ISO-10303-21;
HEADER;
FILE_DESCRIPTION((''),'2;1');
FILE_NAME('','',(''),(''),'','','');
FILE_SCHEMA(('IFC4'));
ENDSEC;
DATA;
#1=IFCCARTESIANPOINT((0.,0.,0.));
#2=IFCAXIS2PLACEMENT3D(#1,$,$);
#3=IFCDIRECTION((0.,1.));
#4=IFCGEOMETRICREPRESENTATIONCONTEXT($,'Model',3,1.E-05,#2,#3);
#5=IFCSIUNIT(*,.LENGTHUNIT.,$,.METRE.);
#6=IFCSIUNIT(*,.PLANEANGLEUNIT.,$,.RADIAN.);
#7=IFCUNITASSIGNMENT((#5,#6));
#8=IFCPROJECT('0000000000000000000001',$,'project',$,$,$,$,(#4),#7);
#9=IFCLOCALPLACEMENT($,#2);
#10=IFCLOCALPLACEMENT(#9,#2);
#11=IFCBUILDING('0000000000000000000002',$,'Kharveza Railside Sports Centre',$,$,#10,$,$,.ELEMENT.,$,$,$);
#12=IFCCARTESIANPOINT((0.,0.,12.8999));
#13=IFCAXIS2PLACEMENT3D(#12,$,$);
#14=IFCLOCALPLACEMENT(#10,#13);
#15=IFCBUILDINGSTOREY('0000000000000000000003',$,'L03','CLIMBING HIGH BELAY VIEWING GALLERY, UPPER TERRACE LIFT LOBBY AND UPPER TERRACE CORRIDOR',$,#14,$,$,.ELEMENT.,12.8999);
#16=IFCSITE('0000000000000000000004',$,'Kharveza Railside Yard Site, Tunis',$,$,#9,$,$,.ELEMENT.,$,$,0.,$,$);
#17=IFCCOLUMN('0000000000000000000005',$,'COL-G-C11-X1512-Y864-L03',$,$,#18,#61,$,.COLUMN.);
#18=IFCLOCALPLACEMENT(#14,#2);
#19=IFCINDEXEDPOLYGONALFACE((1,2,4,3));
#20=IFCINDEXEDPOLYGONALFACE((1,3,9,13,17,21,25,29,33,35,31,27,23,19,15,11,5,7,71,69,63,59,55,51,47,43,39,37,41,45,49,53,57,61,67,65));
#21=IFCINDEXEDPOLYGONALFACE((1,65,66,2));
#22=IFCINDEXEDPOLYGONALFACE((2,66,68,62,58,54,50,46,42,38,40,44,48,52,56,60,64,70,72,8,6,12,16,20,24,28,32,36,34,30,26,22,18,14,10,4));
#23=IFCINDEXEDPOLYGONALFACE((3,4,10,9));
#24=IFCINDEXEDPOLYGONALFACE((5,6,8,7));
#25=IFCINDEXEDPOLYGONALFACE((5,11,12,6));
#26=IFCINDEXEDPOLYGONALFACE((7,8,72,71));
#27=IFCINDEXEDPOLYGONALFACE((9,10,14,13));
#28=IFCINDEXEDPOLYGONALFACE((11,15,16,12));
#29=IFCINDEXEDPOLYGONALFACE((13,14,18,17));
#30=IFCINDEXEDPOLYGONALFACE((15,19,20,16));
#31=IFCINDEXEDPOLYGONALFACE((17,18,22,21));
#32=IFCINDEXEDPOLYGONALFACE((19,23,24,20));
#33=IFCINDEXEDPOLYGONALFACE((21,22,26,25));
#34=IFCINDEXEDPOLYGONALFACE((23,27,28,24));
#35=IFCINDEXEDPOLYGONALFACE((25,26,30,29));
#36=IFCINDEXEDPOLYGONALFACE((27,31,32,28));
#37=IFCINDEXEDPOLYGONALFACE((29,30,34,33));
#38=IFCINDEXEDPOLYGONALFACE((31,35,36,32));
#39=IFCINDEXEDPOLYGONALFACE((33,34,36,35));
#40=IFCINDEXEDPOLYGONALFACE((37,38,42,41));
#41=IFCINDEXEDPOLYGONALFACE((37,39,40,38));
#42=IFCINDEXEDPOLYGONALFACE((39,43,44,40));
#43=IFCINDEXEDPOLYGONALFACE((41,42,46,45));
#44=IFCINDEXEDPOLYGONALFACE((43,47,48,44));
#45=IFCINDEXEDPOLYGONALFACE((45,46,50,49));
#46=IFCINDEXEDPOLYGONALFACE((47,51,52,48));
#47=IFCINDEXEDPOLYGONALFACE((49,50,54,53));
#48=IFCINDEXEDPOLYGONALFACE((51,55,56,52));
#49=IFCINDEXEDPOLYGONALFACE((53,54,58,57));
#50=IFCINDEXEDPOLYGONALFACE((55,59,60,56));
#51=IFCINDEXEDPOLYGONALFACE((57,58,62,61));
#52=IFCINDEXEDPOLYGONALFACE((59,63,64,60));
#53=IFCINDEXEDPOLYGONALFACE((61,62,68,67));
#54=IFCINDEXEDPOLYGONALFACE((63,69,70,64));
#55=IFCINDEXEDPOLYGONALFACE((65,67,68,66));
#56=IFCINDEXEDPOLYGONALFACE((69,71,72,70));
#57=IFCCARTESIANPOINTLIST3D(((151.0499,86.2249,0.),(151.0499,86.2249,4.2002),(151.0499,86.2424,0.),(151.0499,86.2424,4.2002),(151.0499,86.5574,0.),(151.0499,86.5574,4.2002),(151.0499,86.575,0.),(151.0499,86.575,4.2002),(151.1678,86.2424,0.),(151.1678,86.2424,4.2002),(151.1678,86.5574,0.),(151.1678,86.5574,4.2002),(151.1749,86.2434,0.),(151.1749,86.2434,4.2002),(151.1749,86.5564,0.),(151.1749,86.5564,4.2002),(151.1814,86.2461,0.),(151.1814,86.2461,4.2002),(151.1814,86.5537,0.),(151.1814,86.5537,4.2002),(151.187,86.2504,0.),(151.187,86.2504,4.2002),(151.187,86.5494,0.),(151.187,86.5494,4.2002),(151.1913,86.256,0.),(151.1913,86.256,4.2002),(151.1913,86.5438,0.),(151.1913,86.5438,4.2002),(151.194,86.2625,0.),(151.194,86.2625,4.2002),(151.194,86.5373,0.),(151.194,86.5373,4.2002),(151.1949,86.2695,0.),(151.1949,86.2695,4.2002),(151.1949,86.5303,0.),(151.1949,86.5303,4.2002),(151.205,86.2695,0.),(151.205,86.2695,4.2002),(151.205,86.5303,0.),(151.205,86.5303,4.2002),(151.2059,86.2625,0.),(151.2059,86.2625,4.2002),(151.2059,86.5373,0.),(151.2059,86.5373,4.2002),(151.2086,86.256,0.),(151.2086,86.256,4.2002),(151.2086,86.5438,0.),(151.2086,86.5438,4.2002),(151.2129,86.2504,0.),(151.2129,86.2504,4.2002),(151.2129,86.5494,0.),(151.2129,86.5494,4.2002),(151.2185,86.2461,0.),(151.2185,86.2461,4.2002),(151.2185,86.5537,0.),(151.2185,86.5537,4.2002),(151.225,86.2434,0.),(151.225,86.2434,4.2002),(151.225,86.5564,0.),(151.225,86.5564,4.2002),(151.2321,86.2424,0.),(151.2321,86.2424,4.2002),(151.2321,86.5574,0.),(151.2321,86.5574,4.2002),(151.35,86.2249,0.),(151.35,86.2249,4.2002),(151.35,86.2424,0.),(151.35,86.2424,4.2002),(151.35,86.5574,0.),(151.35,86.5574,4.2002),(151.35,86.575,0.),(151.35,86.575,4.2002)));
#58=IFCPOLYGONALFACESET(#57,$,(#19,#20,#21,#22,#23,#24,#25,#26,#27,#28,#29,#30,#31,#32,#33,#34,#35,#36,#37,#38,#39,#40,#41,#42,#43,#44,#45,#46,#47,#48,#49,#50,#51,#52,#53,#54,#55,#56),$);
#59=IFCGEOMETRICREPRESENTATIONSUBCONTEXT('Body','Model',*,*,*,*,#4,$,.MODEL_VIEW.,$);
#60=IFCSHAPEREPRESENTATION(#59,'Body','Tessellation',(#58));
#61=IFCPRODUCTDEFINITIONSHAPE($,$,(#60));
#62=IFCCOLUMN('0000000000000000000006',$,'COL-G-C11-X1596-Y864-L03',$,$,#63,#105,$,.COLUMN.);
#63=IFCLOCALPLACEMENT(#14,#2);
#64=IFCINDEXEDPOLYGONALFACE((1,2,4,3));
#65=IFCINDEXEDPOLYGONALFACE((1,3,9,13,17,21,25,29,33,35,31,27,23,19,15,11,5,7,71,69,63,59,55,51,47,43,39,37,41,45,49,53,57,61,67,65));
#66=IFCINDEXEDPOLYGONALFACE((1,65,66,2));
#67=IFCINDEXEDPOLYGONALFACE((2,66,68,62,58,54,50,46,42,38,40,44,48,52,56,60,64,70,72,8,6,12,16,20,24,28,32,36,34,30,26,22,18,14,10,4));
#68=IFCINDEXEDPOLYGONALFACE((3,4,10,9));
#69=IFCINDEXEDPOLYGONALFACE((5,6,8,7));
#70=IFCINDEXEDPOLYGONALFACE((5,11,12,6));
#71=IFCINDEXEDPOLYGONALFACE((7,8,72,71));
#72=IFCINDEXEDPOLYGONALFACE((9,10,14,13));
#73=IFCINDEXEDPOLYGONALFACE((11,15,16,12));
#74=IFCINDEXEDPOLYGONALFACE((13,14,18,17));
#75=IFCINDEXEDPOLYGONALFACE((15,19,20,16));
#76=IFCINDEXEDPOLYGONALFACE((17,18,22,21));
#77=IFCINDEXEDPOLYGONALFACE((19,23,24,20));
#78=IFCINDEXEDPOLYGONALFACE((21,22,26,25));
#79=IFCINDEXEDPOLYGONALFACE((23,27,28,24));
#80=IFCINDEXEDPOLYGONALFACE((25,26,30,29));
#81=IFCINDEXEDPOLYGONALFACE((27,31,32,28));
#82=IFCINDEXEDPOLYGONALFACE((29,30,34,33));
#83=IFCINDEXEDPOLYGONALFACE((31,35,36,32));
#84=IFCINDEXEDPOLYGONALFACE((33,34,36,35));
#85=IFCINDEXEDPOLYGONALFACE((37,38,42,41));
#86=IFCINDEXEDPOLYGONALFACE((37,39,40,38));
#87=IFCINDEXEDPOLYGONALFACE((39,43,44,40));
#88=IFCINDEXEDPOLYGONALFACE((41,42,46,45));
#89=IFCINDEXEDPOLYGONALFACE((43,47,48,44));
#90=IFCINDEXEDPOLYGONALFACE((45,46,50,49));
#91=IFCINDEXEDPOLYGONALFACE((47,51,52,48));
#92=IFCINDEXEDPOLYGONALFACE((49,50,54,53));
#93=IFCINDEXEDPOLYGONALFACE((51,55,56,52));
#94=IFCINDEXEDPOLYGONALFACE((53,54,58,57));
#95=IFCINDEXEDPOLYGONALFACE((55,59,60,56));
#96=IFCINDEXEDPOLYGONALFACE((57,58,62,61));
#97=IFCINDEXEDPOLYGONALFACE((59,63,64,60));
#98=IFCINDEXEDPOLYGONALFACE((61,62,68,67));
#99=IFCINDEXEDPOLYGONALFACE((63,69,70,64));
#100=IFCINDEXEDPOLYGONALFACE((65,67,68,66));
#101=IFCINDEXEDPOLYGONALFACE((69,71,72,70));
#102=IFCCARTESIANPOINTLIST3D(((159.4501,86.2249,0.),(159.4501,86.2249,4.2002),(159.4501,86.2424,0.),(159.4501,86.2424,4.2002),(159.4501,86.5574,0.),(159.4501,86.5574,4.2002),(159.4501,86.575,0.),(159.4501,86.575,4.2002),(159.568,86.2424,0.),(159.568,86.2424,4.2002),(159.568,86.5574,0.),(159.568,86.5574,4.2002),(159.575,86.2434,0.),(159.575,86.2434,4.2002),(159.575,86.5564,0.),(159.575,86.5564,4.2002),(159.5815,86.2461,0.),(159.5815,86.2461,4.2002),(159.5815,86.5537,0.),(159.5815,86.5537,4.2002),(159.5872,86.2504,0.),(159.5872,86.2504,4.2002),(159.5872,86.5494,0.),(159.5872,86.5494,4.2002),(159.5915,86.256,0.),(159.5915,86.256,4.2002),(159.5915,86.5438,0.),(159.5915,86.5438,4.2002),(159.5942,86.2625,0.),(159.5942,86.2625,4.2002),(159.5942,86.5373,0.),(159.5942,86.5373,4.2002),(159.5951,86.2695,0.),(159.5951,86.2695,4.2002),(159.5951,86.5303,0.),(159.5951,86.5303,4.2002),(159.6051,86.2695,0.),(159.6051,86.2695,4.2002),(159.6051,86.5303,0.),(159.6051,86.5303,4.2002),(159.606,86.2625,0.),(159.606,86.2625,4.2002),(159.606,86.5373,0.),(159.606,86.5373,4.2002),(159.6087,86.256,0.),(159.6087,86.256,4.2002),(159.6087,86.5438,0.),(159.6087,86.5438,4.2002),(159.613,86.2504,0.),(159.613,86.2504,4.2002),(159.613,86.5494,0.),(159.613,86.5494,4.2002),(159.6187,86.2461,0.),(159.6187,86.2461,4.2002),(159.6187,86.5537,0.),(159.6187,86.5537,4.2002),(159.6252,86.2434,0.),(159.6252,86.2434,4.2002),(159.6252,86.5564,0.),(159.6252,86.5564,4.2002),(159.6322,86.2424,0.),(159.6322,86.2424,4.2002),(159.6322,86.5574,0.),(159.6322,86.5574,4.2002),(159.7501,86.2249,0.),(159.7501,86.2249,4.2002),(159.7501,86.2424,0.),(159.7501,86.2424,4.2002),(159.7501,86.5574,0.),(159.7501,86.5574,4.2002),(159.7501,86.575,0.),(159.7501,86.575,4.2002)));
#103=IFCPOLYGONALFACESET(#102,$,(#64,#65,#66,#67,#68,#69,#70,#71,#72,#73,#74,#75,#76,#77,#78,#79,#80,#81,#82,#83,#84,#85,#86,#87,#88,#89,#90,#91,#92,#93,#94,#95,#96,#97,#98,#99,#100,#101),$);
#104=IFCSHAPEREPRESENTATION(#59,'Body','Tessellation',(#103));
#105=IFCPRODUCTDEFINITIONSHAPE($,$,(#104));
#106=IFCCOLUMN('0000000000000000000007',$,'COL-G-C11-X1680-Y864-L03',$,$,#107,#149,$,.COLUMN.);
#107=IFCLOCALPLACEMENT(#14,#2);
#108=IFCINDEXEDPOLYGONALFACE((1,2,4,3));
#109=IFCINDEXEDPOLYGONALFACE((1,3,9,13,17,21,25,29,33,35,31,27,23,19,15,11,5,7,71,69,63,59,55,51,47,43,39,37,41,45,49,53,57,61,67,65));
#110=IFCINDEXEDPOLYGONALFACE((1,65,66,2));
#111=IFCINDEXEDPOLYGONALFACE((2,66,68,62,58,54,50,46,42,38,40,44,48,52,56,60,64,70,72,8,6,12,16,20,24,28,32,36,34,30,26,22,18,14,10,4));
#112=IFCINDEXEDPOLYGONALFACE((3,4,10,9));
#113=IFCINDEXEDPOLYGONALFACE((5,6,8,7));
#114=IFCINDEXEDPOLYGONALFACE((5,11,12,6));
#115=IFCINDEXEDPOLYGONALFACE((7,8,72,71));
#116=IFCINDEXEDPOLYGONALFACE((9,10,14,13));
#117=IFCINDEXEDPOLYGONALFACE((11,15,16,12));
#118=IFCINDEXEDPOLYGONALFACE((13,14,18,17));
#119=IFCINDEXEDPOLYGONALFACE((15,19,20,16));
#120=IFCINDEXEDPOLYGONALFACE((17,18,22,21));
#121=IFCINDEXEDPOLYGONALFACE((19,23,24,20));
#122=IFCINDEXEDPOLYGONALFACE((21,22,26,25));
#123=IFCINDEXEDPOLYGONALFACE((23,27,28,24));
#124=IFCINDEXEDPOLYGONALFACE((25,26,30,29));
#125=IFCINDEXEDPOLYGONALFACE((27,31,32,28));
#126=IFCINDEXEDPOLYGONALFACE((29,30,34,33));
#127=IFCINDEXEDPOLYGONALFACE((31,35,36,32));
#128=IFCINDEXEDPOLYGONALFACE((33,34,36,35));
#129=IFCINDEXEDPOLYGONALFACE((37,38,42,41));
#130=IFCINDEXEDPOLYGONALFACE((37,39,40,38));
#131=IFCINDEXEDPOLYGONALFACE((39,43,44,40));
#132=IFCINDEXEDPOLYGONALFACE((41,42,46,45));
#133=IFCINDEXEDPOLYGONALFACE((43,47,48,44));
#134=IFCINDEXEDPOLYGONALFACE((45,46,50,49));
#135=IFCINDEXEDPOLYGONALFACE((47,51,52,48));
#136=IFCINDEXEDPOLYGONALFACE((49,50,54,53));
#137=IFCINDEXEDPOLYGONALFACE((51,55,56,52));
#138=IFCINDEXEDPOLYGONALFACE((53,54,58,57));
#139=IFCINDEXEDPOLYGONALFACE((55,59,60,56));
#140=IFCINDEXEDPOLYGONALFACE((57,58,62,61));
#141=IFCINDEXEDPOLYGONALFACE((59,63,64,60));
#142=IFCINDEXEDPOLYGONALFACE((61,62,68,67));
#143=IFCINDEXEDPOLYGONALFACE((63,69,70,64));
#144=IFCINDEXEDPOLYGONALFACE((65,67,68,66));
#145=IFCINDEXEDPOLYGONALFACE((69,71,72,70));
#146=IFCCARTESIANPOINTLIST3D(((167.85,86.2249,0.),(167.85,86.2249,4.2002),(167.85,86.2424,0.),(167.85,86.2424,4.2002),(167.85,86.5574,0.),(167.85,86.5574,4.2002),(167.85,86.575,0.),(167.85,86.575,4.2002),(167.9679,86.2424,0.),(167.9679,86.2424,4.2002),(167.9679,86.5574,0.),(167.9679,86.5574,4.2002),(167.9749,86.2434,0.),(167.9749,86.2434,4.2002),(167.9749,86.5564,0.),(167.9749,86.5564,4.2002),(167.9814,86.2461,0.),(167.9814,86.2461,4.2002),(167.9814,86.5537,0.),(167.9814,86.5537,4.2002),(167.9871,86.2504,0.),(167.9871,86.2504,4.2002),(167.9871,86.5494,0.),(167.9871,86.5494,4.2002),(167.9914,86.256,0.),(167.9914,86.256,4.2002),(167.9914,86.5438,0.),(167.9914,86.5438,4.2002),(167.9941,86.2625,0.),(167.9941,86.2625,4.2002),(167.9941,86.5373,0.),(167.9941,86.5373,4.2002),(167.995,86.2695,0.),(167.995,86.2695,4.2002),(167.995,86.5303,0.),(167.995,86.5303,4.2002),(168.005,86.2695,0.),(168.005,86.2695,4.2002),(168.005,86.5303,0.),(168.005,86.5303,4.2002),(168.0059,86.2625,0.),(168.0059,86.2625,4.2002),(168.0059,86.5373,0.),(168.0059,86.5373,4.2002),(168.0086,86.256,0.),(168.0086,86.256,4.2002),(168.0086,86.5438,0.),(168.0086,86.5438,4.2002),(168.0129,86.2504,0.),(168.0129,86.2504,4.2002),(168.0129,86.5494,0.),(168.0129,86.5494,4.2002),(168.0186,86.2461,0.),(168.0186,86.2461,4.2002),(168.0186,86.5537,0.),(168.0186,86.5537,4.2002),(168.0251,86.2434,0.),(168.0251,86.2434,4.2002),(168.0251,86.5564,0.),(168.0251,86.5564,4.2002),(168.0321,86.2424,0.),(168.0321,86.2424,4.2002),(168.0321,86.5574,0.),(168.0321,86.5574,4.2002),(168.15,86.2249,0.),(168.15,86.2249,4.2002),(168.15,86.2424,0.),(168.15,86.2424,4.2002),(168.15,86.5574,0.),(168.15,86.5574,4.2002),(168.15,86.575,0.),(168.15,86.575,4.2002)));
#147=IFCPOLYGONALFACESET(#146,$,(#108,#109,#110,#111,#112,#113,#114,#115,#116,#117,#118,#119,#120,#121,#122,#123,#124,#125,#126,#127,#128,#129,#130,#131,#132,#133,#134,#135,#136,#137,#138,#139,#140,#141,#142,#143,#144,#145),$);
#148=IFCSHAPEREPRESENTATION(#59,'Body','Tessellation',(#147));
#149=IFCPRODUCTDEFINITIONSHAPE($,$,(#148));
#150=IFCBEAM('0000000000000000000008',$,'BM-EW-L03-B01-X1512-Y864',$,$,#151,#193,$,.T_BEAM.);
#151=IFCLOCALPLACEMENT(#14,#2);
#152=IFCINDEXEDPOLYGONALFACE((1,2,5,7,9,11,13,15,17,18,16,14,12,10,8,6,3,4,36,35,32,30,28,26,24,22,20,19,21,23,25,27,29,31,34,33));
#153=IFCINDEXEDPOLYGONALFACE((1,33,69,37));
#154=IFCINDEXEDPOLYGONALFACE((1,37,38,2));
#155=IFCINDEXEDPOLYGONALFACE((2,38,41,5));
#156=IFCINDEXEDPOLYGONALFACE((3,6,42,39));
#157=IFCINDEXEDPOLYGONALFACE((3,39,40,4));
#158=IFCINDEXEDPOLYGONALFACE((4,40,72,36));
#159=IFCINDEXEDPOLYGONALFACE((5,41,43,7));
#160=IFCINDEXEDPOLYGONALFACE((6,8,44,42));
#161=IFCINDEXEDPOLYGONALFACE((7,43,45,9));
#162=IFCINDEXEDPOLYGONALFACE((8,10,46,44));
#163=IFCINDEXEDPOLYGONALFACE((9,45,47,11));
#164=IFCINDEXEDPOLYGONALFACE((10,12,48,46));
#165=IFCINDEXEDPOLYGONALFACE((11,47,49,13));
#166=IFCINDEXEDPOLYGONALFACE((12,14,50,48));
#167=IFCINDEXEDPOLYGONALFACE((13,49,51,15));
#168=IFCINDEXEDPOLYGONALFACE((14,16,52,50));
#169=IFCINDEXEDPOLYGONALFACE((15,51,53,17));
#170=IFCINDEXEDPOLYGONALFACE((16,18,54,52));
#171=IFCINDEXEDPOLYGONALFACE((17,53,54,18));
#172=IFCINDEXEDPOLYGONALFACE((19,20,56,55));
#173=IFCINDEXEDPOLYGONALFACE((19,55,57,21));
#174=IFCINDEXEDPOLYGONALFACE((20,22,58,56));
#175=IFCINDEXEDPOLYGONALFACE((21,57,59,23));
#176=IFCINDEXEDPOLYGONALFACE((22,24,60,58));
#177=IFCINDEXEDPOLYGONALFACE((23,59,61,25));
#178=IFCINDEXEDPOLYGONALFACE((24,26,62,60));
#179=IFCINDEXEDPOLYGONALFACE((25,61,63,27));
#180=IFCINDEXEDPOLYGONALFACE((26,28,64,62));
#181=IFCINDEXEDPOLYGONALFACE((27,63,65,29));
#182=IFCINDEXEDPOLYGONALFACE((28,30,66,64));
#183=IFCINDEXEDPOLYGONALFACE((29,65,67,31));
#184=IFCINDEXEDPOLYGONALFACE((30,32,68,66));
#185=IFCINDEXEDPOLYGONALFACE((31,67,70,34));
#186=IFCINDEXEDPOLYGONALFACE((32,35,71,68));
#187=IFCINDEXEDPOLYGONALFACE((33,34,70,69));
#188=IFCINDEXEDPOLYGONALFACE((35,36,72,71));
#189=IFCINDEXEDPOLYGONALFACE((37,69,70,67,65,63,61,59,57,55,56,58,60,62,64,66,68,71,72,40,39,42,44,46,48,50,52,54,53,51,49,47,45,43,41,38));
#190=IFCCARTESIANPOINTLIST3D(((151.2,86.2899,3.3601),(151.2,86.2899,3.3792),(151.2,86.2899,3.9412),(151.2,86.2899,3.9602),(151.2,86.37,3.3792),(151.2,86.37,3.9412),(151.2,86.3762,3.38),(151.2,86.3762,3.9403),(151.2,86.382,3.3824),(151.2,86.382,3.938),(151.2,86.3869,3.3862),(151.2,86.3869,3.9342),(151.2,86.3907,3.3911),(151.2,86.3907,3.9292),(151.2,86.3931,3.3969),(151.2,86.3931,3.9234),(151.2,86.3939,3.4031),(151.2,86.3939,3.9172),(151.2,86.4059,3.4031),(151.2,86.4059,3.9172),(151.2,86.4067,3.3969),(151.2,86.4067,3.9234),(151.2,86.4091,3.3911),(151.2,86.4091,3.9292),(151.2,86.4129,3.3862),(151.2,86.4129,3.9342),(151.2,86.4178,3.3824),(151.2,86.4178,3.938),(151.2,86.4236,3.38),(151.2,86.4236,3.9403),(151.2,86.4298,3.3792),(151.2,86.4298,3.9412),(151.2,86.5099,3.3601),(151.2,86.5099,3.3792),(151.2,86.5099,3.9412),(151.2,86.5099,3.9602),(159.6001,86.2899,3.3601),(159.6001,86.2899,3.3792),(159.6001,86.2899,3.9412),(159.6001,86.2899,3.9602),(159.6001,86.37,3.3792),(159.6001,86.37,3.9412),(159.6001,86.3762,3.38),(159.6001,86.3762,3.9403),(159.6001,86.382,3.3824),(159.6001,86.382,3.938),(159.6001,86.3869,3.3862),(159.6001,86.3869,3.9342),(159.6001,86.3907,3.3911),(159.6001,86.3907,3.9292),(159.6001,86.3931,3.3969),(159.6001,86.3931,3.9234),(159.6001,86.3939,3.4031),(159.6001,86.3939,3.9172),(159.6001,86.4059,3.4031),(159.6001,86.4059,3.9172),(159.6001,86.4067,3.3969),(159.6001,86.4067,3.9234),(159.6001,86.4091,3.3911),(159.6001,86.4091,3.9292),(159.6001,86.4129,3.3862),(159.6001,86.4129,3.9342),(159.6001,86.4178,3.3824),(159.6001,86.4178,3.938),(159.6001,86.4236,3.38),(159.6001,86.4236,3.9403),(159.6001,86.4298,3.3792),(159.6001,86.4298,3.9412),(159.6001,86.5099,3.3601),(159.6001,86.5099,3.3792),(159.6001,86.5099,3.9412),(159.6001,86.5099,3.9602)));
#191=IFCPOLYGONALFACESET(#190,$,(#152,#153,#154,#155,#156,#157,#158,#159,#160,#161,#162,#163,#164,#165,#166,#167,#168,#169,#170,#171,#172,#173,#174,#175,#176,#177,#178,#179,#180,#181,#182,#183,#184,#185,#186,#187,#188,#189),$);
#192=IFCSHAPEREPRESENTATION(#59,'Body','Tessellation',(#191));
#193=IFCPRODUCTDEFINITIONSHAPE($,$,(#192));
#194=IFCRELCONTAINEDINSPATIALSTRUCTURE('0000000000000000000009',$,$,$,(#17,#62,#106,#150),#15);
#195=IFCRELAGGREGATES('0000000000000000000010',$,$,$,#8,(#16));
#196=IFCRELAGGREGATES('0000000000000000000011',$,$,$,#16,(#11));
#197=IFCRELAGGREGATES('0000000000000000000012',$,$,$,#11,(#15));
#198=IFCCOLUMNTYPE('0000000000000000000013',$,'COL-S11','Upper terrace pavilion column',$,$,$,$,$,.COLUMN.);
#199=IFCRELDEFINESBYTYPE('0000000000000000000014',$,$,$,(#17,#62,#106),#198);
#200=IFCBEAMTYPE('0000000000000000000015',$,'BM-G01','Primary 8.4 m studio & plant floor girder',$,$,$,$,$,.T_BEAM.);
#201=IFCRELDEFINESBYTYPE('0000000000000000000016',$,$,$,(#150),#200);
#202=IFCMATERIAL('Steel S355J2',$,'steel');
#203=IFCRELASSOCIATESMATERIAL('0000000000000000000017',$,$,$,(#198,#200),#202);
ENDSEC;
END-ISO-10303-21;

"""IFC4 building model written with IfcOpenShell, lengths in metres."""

from ifc_helpers import new_model, si_unit, direction, frame, origin, origin_2d, place, context, subcontext, project, spatial, i_section, extrude, material, material_profile, profile_set, type_object, element, save


model = new_model("IFC4")

# Units and contexts
model_context = context("Model", 3, precision=1e-05, world=origin(), true_north=direction((0.0, 1.0)))
body_context = subcontext(model_context, "Body", "Model", "MODEL_VIEW")
ifc_project = project(units=[si_unit("LENGTHUNIT", "METRE"), si_unit("PLANEANGLEUNIT", "RADIAN")], contexts=[model_context])

# Site, building, storey
site_placement = place(None, origin())
site = spatial("IfcSite", under=ifc_project, at=site_placement, Name="Kharveza Railside Yard Site, Tunis", CompositionType="ELEMENT", RefElevation=0.0)
building_placement = place(site_placement, origin())
building = spatial("IfcBuilding", under=site, at=building_placement, Name="Kharveza Railside Sports Centre", CompositionType="ELEMENT")
storey_placement = place(building_placement, frame((0.0, 0.0, 12.8999)))
storey = spatial("IfcBuildingStorey", under=building, at=storey_placement, Name="L03", Description="CLIMBING HIGH BELAY VIEWING GALLERY, UPPER TERRACE LIFT LOBBY AND UPPER TERRACE CORRIDOR", CompositionType="ELEMENT", Elevation=12.8999)

# Columns
ifc_material_1 = material(Name="Steel S355J2", Category="steel")
ifc_material_profile_1 = material_profile(ifc_material_1, i_section(OverallWidth=0.3, OverallDepth=0.3501, WebThickness=0.01, FlangeThickness=0.0176, FilletRadius=0.0271, at=origin_2d()), Name="HEA 360")
ifc_profile_set_1 = profile_set([ifc_material_profile_1], Name="Steel S355J2")
column_type = type_object("IfcColumnType", Name="COL-S11", Description="Upper terrace pavilion column", PredefinedType="COLUMN", material=ifc_profile_set_1)
for number, where, z_axis, x_axis, name in (
    (1, (151.2, 86.3999, 0.0), (0.0, 0.0, 1.0), (1.0, 0.0, 0.0), "COL-G-C11-X1512-Y864-L03"),
    (2, (159.6001, 86.3999, 0.0), (0.0, 0.0, 1.0), (1.0, 0.0, 0.0), "COL-G-C11-X1596-Y864-L03"),
    (3, (168.0, 86.3999, 0.0), (0.0, 0.0, 1.0), (1.0, 0.0, 0.0), "COL-G-C11-X1680-Y864-L03"),
):
    element("IfcColumn", number, at=place(storey_placement, frame(where, z_axis=z_axis, x_axis=x_axis)), inside=storey, type_object=column_type, Name=name, PredefinedType="COLUMN", context=body_context, shape_type="SweptSolid", body=[
        extrude(i_section(OverallWidth=0.3, OverallDepth=0.3501, WebThickness=0.01, FlangeThickness=0.0176, FilletRadius=0.0271, at=origin_2d()), origin(), (0.0, 0.0, 1.0), 4.2002),
    ])

# Beam
ifc_material_profile_2 = material_profile(ifc_material_1, i_section(OverallWidth=0.22, OverallDepth=0.6001, WebThickness=0.012, FlangeThickness=0.019, FilletRadius=0.0239, at=origin_2d()), Name="IPE 600")
ifc_profile_set_2 = profile_set([ifc_material_profile_2], Name="Steel S355J2")
beam_type = type_object("IfcBeamType", Name="BM-G01", Description="Primary 8.4 m studio & plant floor girder", PredefinedType="T_BEAM", material=ifc_profile_set_2)
beam_1_placement = place(storey_placement, frame((151.2, 86.3999, 3.6602), z_axis=(1.0, 0.0, 0.0), x_axis=(0.0, 1.0, 0.0)))
element("IfcBeam", 4, at=beam_1_placement, inside=storey, type_object=beam_type, Name="BM-EW-L03-B01-X1512-Y864", PredefinedType="T_BEAM", context=body_context, shape_type="SweptSolid", body=[
    extrude(i_section(OverallWidth=0.22, OverallDepth=0.6001, WebThickness=0.012, FlangeThickness=0.019, FilletRadius=0.0239, at=origin_2d()), origin(), (0.0, 0.0, 1.0), 8.4001),
])

save(model, "model.ifc")
